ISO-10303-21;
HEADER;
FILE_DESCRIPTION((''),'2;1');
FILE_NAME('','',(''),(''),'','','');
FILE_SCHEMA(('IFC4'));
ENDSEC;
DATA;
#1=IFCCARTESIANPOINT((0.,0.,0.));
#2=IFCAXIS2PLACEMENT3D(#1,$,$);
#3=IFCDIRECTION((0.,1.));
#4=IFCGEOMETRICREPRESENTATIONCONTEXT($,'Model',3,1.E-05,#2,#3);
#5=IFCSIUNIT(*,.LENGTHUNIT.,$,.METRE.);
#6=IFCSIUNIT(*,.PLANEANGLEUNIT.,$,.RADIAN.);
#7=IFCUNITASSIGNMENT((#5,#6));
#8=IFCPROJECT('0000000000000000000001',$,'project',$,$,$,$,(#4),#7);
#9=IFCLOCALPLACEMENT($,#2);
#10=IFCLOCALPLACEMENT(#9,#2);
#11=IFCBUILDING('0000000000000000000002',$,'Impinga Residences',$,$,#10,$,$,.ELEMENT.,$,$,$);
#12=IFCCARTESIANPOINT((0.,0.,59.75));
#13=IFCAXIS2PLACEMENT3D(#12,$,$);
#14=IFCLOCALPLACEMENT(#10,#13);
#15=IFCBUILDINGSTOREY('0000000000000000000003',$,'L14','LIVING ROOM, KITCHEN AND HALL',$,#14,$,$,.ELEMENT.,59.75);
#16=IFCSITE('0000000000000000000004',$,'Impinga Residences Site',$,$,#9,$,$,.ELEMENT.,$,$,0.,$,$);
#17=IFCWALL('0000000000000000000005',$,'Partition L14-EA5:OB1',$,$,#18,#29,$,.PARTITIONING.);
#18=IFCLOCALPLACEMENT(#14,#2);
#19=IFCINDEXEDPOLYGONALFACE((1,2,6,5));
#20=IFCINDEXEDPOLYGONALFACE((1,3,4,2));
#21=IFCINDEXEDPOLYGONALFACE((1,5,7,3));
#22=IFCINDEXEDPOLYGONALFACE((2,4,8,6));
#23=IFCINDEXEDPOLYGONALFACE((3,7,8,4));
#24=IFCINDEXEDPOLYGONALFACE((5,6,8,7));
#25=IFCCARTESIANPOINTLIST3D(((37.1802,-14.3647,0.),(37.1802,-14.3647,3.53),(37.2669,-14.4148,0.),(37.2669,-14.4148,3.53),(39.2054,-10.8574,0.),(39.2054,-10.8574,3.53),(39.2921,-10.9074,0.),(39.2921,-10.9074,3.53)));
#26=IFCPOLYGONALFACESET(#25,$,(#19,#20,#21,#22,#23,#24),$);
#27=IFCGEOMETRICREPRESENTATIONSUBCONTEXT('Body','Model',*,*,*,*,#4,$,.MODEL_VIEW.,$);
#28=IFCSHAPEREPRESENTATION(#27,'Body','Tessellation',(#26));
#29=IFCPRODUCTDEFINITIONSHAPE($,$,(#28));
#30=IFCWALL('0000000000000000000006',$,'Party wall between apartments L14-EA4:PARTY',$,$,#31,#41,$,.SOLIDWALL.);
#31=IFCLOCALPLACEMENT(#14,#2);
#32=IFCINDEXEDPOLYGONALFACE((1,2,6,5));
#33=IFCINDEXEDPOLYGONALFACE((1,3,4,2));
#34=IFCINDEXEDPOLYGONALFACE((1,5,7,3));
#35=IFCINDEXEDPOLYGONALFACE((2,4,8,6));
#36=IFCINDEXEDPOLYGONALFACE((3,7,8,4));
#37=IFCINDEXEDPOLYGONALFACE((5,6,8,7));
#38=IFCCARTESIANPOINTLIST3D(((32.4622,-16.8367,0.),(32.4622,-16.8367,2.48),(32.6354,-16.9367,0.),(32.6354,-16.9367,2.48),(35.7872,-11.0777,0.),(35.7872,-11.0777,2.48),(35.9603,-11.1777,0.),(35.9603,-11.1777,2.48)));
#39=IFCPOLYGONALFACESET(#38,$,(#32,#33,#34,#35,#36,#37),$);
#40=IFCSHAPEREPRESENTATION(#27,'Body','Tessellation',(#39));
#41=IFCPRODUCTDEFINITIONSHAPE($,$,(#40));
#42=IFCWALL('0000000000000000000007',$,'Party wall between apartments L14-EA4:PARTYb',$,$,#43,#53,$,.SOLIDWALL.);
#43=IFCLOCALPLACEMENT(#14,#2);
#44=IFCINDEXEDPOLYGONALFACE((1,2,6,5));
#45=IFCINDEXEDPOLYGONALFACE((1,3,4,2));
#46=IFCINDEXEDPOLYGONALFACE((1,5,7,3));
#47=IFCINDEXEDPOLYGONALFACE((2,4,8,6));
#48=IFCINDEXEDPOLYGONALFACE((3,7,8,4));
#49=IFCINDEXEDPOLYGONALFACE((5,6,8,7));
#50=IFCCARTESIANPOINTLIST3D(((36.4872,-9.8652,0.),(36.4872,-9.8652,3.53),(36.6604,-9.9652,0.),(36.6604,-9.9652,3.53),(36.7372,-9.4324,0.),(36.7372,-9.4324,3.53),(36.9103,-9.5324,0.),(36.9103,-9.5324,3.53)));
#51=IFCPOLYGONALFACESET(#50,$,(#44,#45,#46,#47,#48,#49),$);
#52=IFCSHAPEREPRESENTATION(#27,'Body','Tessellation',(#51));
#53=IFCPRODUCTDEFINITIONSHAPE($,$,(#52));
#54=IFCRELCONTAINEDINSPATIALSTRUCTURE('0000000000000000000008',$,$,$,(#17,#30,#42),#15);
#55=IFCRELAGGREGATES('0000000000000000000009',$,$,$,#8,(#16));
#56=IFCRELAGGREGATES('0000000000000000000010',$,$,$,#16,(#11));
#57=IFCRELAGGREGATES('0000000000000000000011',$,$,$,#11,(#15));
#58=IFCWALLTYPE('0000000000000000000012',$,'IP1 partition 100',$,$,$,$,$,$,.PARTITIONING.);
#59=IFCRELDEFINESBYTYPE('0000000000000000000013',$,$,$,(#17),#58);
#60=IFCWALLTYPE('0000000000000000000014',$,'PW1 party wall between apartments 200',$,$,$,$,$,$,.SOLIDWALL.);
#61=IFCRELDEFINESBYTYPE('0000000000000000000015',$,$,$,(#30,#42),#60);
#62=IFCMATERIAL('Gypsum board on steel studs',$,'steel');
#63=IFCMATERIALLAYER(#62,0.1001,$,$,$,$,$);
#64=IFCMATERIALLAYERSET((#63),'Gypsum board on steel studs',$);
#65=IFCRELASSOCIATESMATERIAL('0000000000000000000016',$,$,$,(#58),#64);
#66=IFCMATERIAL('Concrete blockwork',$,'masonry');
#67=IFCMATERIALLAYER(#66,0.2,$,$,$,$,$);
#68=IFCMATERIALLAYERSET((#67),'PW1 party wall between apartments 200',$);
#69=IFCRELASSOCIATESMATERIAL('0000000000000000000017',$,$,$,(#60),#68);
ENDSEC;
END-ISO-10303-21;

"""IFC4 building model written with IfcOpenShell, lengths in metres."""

from ifc_helpers import new_model, si_unit, direction, frame, frame_2d, origin, place, context, subcontext, project, spatial, rectangle, extrude, material, layer, layer_set, type_object, element, save


model = new_model("IFC4")

# Units and contexts
model_context = context("Model", 3, precision=1e-05, world=origin(), true_north=direction((0.0, 1.0)))
body_context = subcontext(model_context, "Body", "Model", "MODEL_VIEW")
ifc_project = project(units=[si_unit("LENGTHUNIT", "METRE"), si_unit("PLANEANGLEUNIT", "RADIAN")], contexts=[model_context])

# Site, building, storey
site_placement = place(None, origin())
site = spatial("IfcSite", under=ifc_project, at=site_placement, Name="Impinga Residences Site", CompositionType="ELEMENT", RefElevation=0.0)
building_placement = place(site_placement, origin())
building = spatial("IfcBuilding", under=site, at=building_placement, Name="Impinga Residences", CompositionType="ELEMENT")
storey_placement = place(building_placement, frame((0.0, 0.0, 59.75)))
storey = spatial("IfcBuildingStorey", under=building, at=storey_placement, Name="L14", Description="LIVING ROOM, KITCHEN AND HALL", CompositionType="ELEMENT", Elevation=59.75)

# Shared definitions
ifc_material_1 = material(Name="Gypsum board on steel studs", Category="steel")
ifc_layer_1 = layer(ifc_material_1, 0.1001)
ifc_layer_set_1 = layer_set([ifc_layer_1], Name="Gypsum board on steel studs")
wall_type_1 = type_object("IfcWallType", Name="IP1 partition 100", PredefinedType="PARTITIONING", material=ifc_layer_set_1)

# Walls
wall_1_placement = place(storey_placement, frame((37.2236, -14.3896, 0.0), z_axis=(0.0, 0.0, 1.0), x_axis=(0.500036, 0.866005, 0.0)))
element("IfcWall", 1, at=wall_1_placement, inside=storey, type_object=wall_type_1, Name="Partition L14-EA5:OB1", PredefinedType="PARTITIONING", context=body_context, shape_type="SweptSolid", body=[
    extrude(rectangle(XDim=4.05, YDim=0.1001, at=frame_2d((2.0249, 0.0))), origin(), (0.0, 0.0, 1.0), 3.53),
])
ifc_material_2 = material(Name="Concrete blockwork", Category="masonry")
ifc_layer_2 = layer(ifc_material_2, 0.2)
ifc_layer_set_2 = layer_set([ifc_layer_2], Name="PW1 party wall between apartments 200")
wall_type_2 = type_object("IfcWallType", Name="PW1 party wall between apartments 200", PredefinedType="SOLIDWALL", material=ifc_layer_set_2)
wall_2_placement = place(storey_placement, frame((32.5488, -16.8867, 0.0), z_axis=(0.0, 0.0, 1.0), x_axis=(0.499997, 0.866027, 0.0)))
element("IfcWall", 2, at=wall_2_placement, inside=storey, type_object=wall_type_2, Name="Party wall between apartments L14-EA4:PARTY", PredefinedType="SOLIDWALL", context=body_context, shape_type="SweptSolid", body=[
    extrude(rectangle(XDim=6.6499, YDim=0.2, at=frame_2d((3.325, 0.0))), origin(), (0.0, 0.0, 1.0), 2.48),
])
wall_3_placement = place(storey_placement, frame((36.5737, -9.9153, 0.0), z_axis=(0.0, 0.0, 1.0), x_axis=(0.500131, 0.86595, 0.0)))
element("IfcWall", 3, at=wall_3_placement, inside=storey, type_object=wall_type_2, Name="Party wall between apartments L14-EA4:PARTYb", PredefinedType="SOLIDWALL", context=body_context, shape_type="SweptSolid", body=[
    extrude(rectangle(XDim=0.4998, YDim=0.2, at=frame_2d((0.25, 0.0))), origin(), (0.0, 0.0, 1.0), 3.53),
])

save(model, "model.ifc")
